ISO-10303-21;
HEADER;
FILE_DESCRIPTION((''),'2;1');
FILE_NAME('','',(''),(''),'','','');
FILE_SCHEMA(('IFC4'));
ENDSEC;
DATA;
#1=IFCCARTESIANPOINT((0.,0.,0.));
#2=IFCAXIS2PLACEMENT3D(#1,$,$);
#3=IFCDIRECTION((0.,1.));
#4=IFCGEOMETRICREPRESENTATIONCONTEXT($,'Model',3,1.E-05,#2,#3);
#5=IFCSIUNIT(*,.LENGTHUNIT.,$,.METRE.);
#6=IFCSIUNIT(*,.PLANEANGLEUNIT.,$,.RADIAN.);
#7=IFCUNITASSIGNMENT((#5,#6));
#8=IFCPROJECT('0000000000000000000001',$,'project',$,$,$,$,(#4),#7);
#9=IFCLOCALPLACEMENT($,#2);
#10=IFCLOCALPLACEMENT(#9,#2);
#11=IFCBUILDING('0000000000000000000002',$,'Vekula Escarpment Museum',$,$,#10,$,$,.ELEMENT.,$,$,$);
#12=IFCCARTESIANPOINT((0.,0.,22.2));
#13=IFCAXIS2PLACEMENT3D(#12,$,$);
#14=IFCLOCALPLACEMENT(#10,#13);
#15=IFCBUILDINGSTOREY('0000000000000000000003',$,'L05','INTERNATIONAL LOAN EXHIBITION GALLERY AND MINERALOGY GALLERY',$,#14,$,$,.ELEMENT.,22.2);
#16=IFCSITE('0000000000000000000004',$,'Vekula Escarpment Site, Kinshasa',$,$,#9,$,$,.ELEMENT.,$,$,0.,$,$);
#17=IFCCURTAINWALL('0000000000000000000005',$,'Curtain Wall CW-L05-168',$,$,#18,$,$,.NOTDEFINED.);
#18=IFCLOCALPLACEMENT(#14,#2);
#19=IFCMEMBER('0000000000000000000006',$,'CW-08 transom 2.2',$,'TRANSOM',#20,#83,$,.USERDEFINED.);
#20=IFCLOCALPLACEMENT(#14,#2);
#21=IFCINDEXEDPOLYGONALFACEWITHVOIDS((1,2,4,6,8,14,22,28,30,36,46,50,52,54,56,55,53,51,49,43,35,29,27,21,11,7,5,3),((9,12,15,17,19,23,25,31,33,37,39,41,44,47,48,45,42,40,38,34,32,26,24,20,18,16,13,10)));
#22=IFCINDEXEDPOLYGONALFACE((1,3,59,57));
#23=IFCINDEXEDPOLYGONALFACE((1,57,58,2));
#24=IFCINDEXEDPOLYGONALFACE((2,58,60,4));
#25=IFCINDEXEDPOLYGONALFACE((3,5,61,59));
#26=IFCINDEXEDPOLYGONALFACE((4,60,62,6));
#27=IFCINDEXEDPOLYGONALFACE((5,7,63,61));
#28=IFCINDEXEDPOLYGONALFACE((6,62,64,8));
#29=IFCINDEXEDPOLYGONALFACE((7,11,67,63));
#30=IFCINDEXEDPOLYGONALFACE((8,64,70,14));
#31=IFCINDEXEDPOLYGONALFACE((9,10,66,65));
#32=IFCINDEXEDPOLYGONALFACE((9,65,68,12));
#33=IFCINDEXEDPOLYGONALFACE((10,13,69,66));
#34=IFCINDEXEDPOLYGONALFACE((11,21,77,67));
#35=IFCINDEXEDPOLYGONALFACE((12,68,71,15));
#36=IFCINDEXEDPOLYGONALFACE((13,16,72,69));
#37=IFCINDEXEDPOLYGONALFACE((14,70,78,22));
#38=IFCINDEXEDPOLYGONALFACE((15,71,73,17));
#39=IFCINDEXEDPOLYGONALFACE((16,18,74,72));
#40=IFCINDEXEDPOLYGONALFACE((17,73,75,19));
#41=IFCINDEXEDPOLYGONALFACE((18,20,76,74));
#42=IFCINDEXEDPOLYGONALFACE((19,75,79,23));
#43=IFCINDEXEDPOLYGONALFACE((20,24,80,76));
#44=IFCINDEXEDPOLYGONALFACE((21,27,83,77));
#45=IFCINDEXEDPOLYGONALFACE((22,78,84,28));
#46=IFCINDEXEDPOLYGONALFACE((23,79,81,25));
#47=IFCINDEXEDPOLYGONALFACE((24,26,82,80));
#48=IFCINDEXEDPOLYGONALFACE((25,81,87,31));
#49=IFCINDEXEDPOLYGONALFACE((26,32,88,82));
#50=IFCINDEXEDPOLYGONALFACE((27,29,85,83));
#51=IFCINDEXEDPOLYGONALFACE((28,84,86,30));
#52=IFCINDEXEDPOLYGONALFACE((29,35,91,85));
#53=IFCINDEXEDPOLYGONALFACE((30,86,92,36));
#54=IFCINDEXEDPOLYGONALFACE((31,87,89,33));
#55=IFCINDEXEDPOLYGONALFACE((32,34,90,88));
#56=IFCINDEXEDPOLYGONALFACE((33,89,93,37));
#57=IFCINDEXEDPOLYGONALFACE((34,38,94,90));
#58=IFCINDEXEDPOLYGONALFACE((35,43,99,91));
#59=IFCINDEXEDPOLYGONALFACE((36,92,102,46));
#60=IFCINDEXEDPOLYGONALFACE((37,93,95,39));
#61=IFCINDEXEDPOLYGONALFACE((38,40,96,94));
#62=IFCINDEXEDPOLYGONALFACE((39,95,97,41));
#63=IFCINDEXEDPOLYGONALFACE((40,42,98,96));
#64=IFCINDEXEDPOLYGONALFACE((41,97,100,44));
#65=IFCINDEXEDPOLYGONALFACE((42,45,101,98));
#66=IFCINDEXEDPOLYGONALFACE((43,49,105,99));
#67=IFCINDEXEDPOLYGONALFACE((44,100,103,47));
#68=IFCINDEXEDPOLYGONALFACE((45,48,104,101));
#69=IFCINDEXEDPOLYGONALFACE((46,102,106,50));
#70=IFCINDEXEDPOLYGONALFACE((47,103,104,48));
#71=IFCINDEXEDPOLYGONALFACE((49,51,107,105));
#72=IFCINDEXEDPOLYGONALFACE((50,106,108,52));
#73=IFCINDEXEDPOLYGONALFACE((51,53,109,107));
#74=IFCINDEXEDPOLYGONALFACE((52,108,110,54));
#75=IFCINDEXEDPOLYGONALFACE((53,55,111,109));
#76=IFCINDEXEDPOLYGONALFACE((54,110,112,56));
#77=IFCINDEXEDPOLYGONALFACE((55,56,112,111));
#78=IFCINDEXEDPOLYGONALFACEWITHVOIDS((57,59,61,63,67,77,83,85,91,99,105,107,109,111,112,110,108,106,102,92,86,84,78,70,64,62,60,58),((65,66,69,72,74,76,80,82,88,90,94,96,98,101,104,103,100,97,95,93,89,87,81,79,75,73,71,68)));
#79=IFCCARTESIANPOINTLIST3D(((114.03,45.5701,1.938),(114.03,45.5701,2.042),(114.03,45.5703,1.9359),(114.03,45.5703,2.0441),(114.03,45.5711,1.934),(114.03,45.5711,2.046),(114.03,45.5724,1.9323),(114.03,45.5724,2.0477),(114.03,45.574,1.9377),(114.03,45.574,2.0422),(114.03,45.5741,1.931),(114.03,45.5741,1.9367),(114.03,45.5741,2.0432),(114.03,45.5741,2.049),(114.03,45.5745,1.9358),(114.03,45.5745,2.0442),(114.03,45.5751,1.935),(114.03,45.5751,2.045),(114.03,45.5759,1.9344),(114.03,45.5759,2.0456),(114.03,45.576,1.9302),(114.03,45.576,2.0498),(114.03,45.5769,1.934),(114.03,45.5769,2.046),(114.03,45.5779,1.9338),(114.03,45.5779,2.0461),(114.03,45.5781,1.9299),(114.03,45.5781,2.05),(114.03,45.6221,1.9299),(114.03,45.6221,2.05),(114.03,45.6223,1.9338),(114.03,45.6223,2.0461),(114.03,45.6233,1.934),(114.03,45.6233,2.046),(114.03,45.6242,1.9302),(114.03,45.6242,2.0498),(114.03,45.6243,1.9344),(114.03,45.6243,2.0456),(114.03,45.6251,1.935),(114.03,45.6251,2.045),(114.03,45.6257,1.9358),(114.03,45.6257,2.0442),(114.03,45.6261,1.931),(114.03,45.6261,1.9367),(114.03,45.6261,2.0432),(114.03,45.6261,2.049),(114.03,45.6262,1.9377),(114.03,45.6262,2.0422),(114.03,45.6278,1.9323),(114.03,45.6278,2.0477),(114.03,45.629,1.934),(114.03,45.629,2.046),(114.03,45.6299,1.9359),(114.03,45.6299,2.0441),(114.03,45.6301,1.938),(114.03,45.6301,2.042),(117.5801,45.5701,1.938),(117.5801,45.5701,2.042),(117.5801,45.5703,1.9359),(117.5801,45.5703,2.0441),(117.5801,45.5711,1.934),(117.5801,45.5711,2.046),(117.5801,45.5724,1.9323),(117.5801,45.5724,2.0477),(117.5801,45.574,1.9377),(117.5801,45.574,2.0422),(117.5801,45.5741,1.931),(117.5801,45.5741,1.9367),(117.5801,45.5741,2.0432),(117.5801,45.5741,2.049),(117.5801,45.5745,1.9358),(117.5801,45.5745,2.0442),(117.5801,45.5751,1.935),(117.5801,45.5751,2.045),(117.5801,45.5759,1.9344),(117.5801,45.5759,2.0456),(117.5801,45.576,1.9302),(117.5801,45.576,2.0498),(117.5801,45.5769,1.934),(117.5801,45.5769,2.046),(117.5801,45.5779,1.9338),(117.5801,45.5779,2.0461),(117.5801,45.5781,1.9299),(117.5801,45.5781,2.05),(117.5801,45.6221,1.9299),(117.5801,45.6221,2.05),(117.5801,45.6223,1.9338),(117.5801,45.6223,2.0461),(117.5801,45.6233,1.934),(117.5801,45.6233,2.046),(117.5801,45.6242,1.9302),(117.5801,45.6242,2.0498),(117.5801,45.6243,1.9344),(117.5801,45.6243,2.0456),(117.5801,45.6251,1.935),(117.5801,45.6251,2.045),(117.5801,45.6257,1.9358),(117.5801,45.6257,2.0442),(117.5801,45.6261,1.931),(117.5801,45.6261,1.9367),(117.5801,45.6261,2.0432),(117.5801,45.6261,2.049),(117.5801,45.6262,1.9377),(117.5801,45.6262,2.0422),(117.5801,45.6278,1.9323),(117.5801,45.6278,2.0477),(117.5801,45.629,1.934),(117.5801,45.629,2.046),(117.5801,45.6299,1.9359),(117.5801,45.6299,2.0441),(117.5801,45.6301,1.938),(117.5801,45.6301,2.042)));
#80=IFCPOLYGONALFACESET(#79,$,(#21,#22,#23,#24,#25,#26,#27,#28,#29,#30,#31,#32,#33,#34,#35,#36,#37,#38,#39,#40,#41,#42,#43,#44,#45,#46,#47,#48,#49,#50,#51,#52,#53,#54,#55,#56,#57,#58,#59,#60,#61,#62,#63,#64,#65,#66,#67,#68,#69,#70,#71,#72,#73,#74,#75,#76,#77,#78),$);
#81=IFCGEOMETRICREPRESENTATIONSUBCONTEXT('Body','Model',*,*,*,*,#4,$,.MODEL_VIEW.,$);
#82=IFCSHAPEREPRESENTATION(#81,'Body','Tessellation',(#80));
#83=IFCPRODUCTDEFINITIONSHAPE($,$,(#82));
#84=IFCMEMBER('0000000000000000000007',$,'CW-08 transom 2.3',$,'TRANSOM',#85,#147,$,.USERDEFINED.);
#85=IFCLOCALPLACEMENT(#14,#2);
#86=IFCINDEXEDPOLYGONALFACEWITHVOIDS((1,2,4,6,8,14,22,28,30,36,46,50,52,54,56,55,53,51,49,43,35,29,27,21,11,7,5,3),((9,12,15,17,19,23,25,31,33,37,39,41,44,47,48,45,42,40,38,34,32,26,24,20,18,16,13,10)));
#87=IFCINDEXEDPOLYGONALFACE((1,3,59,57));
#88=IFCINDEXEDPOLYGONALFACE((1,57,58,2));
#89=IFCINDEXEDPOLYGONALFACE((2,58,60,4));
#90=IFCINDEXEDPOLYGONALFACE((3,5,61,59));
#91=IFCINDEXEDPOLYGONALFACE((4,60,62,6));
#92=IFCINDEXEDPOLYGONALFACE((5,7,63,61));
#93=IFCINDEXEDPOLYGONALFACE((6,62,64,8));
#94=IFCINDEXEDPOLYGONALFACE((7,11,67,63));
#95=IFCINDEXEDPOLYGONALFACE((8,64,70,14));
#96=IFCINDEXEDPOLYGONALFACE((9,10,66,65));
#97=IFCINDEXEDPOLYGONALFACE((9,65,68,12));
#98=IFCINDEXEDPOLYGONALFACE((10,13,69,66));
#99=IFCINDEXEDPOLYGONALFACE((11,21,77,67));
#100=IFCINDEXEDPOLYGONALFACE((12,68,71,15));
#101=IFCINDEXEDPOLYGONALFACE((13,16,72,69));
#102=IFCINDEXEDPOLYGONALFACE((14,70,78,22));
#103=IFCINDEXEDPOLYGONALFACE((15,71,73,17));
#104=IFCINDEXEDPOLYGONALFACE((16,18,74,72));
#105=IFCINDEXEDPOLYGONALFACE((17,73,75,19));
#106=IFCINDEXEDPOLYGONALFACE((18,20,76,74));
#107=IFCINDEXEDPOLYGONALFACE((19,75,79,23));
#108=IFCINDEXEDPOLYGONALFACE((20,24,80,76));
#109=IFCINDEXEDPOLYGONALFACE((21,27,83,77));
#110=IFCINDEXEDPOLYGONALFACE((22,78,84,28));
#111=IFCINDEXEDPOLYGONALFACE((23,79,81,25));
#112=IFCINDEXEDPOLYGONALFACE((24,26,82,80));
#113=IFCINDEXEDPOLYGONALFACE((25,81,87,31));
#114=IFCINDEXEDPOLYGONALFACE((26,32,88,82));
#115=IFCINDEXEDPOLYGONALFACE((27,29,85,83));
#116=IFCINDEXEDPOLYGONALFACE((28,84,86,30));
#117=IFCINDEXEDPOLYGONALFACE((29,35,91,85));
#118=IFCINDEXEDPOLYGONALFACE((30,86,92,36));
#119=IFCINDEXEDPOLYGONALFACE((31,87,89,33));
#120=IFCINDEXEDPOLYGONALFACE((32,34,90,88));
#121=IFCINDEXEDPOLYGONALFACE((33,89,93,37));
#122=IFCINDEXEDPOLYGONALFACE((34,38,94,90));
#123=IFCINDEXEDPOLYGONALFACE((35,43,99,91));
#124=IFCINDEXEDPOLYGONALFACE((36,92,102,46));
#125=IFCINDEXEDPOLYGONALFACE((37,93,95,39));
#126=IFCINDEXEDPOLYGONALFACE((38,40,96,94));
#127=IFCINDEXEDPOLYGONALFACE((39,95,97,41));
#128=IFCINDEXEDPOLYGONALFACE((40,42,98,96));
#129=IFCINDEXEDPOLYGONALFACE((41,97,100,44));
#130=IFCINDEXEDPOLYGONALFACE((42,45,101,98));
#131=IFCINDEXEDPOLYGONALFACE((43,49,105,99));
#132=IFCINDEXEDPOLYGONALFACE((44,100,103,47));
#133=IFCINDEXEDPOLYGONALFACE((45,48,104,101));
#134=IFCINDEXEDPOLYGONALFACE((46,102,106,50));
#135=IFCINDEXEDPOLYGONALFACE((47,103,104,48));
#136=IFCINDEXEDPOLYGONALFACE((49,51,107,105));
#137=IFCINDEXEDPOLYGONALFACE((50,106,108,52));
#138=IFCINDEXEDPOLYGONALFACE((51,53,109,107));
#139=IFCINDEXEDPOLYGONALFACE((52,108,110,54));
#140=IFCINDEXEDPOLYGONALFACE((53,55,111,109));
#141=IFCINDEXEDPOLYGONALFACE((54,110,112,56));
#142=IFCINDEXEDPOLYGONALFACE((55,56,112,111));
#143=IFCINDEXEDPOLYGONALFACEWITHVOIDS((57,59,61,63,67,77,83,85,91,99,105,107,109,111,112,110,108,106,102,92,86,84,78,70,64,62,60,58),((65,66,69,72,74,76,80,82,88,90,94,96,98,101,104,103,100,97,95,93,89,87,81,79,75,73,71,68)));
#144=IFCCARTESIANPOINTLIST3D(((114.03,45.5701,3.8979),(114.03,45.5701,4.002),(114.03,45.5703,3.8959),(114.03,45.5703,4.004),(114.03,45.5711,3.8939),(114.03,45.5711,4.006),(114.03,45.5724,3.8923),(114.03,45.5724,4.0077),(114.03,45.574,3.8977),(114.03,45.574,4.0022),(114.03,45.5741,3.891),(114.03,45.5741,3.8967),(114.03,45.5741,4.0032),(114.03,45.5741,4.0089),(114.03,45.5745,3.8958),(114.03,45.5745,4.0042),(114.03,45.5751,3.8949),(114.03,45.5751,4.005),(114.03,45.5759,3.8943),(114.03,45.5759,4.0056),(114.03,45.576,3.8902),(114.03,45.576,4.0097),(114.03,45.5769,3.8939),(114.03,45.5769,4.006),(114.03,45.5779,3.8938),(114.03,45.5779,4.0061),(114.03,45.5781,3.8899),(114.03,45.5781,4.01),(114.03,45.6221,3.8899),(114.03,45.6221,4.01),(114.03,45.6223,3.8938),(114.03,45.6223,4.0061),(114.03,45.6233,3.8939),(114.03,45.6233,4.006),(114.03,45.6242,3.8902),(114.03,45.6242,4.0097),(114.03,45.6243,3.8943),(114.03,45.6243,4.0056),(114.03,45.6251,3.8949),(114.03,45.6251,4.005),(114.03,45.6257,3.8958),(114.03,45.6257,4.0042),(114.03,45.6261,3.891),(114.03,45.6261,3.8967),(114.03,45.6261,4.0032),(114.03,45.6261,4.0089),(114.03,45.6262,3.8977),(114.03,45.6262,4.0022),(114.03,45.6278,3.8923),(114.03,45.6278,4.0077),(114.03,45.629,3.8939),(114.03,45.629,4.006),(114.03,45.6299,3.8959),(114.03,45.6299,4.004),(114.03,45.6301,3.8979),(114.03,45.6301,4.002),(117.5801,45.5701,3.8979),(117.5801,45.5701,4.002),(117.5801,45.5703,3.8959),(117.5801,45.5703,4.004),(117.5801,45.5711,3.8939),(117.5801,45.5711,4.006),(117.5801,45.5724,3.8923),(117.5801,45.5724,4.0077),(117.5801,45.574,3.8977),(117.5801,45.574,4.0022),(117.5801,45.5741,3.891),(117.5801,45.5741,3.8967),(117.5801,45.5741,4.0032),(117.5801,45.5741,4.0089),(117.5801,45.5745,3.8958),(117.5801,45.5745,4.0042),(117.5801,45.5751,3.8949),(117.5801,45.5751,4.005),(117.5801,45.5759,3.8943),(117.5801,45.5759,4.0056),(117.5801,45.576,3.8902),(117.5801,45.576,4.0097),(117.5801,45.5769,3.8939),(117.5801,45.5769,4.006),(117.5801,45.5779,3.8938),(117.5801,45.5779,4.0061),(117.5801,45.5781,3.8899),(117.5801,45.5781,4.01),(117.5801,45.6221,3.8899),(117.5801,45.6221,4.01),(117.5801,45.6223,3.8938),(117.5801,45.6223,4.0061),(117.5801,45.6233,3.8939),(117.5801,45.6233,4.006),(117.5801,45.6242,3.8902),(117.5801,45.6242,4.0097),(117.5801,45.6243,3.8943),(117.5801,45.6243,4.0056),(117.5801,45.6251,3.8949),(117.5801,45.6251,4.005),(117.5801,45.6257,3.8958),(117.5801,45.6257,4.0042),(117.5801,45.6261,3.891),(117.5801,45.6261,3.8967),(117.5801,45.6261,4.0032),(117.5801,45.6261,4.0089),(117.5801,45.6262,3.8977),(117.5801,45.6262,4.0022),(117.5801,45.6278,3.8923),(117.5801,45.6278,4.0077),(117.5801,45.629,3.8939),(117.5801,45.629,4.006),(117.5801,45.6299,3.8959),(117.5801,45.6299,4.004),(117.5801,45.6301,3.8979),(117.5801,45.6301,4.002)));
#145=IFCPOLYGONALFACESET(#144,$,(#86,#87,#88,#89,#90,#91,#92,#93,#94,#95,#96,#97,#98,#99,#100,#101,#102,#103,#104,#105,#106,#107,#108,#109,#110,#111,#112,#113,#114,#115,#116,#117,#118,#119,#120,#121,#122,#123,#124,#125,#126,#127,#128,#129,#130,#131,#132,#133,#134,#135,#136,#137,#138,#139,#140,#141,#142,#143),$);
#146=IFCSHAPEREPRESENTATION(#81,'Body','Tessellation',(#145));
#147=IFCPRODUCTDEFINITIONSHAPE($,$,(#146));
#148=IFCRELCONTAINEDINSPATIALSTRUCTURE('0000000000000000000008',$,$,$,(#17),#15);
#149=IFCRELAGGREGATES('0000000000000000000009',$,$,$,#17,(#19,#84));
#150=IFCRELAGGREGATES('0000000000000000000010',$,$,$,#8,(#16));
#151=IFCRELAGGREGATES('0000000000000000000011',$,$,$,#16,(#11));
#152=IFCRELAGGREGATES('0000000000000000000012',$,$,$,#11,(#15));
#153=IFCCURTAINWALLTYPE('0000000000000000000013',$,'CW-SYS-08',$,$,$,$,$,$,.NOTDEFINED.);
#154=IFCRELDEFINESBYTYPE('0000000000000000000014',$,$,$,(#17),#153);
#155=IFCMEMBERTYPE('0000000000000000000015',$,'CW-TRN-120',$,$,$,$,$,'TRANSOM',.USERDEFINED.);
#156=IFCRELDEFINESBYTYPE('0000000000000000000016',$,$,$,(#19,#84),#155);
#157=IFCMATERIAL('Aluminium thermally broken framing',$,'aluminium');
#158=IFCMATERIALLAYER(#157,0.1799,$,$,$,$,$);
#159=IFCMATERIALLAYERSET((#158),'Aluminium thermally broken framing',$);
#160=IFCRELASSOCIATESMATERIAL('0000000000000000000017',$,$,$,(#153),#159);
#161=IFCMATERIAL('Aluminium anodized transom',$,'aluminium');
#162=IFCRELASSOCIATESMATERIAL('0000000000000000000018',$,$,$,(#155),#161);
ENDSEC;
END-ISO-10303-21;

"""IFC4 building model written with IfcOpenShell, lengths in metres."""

from ifc_helpers import new_model, si_unit, direction, frame, origin, origin_2d, place, context, subcontext, project, spatial, hollow_rectangle, extrude, material, layer, layer_set, material_profile, profile_set, type_object, element, aggregate, save


model = new_model("IFC4")

# Units and contexts
model_context = context("Model", 3, precision=1e-05, world=origin(), true_north=direction((0.0, 1.0)))
body_context = subcontext(model_context, "Body", "Model", "MODEL_VIEW")
ifc_project = project(units=[si_unit("LENGTHUNIT", "METRE"), si_unit("PLANEANGLEUNIT", "RADIAN")], contexts=[model_context])

# Site, building, storey
site_placement = place(None, origin())
site = spatial("IfcSite", under=ifc_project, at=site_placement, Name="Vekula Escarpment Site, Kinshasa", CompositionType="ELEMENT", RefElevation=0.0)
building_placement = place(site_placement, origin())
building = spatial("IfcBuilding", under=site, at=building_placement, Name="Vekula Escarpment Museum", CompositionType="ELEMENT")
storey_placement = place(building_placement, frame((0.0, 0.0, 22.2)))
storey = spatial("IfcBuildingStorey", under=building, at=storey_placement, Name="L05", Description="INTERNATIONAL LOAN EXHIBITION GALLERY AND MINERALOGY GALLERY", CompositionType="ELEMENT", Elevation=22.2)

# Curtain wall
ifc_material_1 = material(Name="Aluminium thermally broken framing", Category="aluminium")
ifc_layer_1 = layer(ifc_material_1, 0.1799)
ifc_layer_set_1 = layer_set([ifc_layer_1], Name="Aluminium thermally broken framing")
curtain_wall_type_1 = type_object("IfcCurtainWallType", Name="CW-SYS-08", PredefinedType="NOTDEFINED", material=ifc_layer_set_1)
curtain_wall_1_placement = place(storey_placement, origin())
curtain_wall_1 = element("IfcCurtainWall", 1, at=curtain_wall_1_placement, inside=storey, type_object=curtain_wall_type_1, Name="Curtain Wall CW-L05-168", PredefinedType="NOTDEFINED")

# Members
ifc_material_2 = material(Name="Aluminium anodized transom", Category="aluminium")
ifc_material_profile_1 = material_profile(ifc_material_2, hollow_rectangle(XDim=0.0601, YDim=0.1201, WallThickness=0.0039, InnerFilletRadius=0.0039, OuterFilletRadius=0.0081, at=origin_2d()), Name="ALU 120x60x4")
ifc_profile_set_1 = profile_set([ifc_material_profile_1], Name="Aluminium anodized transom")
member_type_1 = type_object("IfcMemberType", Name="CW-TRN-120", ElementType="TRANSOM", PredefinedType="USERDEFINED", material=ifc_profile_set_1)
member_1_placement = place(storey_placement, frame((114.03, 45.6001, 1.99), z_axis=(1.0, 0.0, 0.0), x_axis=(0.0, 1.0, 0.0)))
member_1 = element("IfcMember", 2, at=member_1_placement, type_object=member_type_1, Name="CW-08 transom 2.2", ObjectType="TRANSOM", PredefinedType="USERDEFINED", context=body_context, shape_type="SweptSolid", body=[
    extrude(hollow_rectangle(XDim=0.0601, YDim=0.1201, WallThickness=0.0039, InnerFilletRadius=0.0039, OuterFilletRadius=0.0081, at=origin_2d()), origin(), (0.0, 0.0, 1.0), 3.55),
])
member_2_placement = place(storey_placement, frame((114.03, 45.6001, 3.95), z_axis=(1.0, 0.0, 0.0), x_axis=(0.0, 1.0, 0.0)))
member_2 = element("IfcMember", 3, at=member_2_placement, type_object=member_type_1, Name="CW-08 transom 2.3", ObjectType="TRANSOM", PredefinedType="USERDEFINED", context=body_context, shape_type="SweptSolid", body=[
    extrude(hollow_rectangle(XDim=0.0601, YDim=0.1201, WallThickness=0.0039, InnerFilletRadius=0.0039, OuterFilletRadius=0.0081, at=origin_2d()), origin(), (0.0, 0.0, 1.0), 3.55),
])

aggregate(curtain_wall_1, [member_1, member_2])

save(model, "model.ifc")
